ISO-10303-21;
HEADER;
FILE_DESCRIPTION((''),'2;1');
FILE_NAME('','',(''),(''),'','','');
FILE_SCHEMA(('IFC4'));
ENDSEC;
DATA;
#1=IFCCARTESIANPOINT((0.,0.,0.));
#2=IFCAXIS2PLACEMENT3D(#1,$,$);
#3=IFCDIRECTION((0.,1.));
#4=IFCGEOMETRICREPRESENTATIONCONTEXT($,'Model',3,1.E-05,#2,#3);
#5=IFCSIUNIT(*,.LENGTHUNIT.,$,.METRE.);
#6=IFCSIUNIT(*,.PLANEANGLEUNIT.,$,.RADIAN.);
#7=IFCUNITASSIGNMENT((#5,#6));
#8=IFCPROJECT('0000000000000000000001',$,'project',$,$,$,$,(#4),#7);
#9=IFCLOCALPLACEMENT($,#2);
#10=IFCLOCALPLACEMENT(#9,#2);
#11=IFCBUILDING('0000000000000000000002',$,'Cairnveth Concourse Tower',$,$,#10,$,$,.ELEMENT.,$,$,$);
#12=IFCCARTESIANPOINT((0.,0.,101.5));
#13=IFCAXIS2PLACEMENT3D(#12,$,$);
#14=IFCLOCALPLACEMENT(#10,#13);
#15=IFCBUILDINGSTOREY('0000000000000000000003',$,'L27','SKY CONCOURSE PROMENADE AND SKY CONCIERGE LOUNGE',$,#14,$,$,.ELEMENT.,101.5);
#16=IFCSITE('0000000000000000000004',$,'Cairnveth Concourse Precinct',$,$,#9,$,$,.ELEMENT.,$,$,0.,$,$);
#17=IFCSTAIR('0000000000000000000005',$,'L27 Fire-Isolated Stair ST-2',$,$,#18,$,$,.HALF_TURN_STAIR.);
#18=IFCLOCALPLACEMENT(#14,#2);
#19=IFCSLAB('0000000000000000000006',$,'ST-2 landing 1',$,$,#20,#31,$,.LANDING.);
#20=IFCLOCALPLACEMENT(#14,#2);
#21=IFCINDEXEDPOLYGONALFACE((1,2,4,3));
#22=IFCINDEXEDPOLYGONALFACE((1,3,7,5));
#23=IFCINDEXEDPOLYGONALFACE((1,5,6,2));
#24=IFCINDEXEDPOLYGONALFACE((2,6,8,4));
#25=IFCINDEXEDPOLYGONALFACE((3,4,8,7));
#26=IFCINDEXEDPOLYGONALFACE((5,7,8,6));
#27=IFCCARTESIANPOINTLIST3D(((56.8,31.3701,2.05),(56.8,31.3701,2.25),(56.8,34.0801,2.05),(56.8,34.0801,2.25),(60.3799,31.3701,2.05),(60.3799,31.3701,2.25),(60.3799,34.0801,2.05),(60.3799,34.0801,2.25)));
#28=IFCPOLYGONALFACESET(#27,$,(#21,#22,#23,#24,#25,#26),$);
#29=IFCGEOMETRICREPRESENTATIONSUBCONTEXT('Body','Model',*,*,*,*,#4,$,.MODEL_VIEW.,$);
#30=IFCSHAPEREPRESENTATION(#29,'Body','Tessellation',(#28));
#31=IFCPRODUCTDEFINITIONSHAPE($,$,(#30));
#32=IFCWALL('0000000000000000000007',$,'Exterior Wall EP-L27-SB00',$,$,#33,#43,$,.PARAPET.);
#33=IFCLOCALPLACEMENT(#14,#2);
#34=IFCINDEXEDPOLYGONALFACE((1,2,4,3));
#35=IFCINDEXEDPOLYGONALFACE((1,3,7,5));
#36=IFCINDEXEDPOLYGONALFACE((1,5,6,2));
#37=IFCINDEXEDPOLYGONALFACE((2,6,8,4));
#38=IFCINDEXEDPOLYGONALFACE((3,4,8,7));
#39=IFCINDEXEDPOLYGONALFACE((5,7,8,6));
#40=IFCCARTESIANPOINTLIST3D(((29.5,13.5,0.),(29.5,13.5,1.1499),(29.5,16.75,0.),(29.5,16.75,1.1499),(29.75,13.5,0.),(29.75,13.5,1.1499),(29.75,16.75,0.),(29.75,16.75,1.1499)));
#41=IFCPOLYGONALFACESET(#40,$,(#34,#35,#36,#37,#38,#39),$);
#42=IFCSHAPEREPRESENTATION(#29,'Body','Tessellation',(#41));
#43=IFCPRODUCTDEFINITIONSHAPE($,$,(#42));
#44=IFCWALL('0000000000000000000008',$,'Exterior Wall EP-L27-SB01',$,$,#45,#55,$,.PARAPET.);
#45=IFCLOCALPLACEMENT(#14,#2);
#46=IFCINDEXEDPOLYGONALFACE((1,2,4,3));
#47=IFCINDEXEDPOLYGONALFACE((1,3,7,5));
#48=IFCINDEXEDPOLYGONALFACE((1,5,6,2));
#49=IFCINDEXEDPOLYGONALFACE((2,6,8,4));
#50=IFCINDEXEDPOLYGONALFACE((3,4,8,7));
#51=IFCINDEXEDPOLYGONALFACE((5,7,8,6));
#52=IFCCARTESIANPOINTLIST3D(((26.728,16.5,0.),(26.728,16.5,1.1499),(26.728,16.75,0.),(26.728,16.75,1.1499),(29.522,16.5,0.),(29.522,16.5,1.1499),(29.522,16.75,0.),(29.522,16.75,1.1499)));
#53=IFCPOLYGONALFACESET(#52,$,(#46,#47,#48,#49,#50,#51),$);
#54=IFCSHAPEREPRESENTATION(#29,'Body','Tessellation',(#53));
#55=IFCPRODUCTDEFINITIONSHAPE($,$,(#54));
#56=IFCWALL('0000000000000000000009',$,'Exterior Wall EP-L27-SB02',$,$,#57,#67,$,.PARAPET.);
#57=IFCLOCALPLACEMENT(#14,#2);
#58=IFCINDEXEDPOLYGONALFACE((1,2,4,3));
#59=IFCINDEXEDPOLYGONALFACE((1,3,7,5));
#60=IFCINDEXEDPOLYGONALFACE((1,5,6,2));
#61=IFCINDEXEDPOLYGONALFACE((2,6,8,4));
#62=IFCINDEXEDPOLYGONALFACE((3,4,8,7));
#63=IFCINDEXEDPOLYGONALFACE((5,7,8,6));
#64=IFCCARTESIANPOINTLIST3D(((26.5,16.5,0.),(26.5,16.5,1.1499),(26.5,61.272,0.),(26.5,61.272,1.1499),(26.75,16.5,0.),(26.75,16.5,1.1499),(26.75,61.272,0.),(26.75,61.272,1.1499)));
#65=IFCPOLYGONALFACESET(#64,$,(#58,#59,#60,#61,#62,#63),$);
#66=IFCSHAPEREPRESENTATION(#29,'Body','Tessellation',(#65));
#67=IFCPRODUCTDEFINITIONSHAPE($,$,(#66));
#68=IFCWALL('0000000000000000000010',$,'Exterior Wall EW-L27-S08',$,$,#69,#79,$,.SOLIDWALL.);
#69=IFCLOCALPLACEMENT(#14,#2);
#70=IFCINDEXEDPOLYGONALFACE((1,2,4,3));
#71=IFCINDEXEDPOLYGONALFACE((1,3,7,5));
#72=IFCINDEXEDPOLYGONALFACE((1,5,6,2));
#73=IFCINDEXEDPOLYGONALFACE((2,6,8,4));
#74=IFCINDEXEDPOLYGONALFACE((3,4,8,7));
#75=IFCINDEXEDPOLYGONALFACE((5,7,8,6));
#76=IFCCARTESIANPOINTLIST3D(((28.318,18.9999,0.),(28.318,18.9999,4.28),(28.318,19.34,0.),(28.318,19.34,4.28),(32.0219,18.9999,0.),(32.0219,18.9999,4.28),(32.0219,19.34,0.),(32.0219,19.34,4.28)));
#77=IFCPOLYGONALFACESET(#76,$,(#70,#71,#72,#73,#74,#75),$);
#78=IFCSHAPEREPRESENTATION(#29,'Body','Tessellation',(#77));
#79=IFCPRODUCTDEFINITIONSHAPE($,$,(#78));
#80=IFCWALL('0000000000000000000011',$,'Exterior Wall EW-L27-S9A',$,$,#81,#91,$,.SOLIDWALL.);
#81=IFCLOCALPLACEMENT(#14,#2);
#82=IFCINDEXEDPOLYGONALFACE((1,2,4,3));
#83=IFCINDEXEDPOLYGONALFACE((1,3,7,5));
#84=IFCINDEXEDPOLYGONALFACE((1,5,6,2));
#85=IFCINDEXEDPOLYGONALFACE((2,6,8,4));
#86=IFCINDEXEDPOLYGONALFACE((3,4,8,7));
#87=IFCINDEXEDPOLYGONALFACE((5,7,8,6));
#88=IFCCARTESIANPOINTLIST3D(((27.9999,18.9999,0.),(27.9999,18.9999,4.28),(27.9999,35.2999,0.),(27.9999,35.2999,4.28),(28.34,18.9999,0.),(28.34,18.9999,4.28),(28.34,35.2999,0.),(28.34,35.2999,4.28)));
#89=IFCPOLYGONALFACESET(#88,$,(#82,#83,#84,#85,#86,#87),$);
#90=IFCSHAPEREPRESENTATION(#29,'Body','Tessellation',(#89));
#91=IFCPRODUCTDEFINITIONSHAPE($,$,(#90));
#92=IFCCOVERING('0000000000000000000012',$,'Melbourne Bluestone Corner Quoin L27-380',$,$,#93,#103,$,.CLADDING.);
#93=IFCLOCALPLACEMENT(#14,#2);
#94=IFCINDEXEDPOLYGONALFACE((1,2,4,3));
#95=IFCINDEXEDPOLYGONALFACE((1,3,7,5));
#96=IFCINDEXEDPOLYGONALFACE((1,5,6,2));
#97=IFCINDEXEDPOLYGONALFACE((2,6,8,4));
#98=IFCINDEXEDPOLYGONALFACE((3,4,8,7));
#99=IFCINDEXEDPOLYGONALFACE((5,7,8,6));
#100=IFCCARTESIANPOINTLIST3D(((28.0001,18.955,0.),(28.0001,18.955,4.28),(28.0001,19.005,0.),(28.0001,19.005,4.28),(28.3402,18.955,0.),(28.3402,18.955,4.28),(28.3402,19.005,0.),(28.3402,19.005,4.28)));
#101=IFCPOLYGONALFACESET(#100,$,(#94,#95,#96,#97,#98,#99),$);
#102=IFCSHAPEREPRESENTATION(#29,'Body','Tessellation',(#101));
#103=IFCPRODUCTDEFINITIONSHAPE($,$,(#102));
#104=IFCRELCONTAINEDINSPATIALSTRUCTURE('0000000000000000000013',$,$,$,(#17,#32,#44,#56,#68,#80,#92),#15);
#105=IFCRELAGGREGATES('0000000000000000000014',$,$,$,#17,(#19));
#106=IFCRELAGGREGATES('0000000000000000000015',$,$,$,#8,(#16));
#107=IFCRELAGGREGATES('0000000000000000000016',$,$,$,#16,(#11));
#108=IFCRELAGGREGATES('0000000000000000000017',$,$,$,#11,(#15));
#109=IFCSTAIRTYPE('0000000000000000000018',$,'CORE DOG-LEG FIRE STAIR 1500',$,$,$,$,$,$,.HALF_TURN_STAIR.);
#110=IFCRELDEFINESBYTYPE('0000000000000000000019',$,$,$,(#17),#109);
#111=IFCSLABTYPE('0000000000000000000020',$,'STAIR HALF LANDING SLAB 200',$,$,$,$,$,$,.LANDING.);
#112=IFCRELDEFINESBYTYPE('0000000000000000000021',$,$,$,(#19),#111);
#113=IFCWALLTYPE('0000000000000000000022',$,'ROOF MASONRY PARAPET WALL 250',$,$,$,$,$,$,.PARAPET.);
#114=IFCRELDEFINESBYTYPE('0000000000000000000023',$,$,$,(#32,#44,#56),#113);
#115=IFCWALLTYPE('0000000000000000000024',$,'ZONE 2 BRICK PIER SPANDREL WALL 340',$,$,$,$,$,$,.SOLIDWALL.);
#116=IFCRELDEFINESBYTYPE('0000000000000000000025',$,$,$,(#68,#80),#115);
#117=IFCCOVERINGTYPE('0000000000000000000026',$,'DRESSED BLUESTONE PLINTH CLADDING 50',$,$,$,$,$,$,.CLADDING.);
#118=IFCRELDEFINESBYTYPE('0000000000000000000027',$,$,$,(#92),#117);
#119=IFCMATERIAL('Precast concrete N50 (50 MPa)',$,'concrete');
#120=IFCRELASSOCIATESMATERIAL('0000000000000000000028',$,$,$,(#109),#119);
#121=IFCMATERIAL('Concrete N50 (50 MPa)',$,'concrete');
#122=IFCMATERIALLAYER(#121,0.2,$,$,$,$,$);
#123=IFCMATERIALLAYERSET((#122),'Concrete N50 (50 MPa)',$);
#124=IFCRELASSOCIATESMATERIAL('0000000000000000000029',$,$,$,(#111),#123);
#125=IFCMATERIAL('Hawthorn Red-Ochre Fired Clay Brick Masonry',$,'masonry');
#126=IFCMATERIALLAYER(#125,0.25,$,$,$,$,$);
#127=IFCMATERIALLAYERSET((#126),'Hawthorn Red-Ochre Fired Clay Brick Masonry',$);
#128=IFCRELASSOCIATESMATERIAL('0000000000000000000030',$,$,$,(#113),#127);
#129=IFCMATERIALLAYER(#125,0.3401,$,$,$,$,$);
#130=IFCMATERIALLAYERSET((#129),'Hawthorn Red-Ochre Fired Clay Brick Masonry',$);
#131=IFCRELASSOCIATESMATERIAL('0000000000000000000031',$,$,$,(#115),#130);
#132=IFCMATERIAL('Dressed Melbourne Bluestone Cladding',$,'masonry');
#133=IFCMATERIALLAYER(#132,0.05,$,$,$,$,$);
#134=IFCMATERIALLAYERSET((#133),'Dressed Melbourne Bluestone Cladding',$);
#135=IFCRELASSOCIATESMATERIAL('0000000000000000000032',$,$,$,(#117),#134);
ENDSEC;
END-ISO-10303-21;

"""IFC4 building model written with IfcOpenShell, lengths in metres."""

from ifc_helpers import new_model, si_unit, direction, frame, frame_2d, origin, place, context, subcontext, project, spatial, polyline, rectangle, outline, extrude, material, layer, layer_set, type_object, element, aggregate, save


model = new_model("IFC4")

# Units and contexts
model_context = context("Model", 3, precision=1e-05, world=origin(), true_north=direction((0.0, 1.0)))
body_context = subcontext(model_context, "Body", "Model", "MODEL_VIEW")
ifc_project = project(units=[si_unit("LENGTHUNIT", "METRE"), si_unit("PLANEANGLEUNIT", "RADIAN")], contexts=[model_context])

# Site, building, storey
site_placement = place(None, origin())
site = spatial("IfcSite", under=ifc_project, at=site_placement, Name="Cairnveth Concourse Precinct", CompositionType="ELEMENT", RefElevation=0.0)
building_placement = place(site_placement, origin())
building = spatial("IfcBuilding", under=site, at=building_placement, Name="Cairnveth Concourse Tower", CompositionType="ELEMENT")
storey_placement = place(building_placement, frame((0.0, 0.0, 101.5)))
storey = spatial("IfcBuildingStorey", under=building, at=storey_placement, Name="L27", Description="SKY CONCOURSE PROMENADE AND SKY CONCIERGE LOUNGE", CompositionType="ELEMENT", Elevation=101.5)

# Shared definitions
ifc_material_1 = material(Name="Concrete N50 (50 MPa)", Category="concrete")

# Stair, slab
ifc_material_2 = material(Name="Precast concrete N50 (50 MPa)", Category="concrete")
stair_type = type_object("IfcStairType", Name="CORE DOG-LEG FIRE STAIR 1500", PredefinedType="HALF_TURN_STAIR", material=ifc_material_2)
ifc_layer_1 = layer(ifc_material_1, 0.2)
ifc_layer_set_1 = layer_set([ifc_layer_1], Name="Concrete N50 (50 MPa)")
slab_type_1 = type_object("IfcSlabType", Name="STAIR HALF LANDING SLAB 200", PredefinedType="LANDING", material=ifc_layer_set_1)
stair_1_placement = place(storey_placement, origin())
stair_1 = element("IfcStair", 1, at=stair_1_placement, inside=storey, type_object=stair_type, Name="L27 Fire-Isolated Stair ST-2", PredefinedType="HALF_TURN_STAIR")
slab_1_placement = place(storey_placement, frame((0.0, 0.0, 2.05)))
slab_1 = element("IfcSlab", 2, at=slab_1_placement, type_object=slab_type_1, Name="ST-2 landing 1", PredefinedType="LANDING", context=body_context, shape_type="SweptSolid", body=[
    extrude(outline(polyline([(56.8, 34.0801), (56.8, 31.3701), (60.3799, 31.3701), (60.3799, 34.0801), (56.8, 34.0801)])), origin(), (0.0, 0.0, 1.0), 0.2),
])
aggregate(stair_1, [slab_1])

# Walls
ifc_material_3 = material(Name="Hawthorn Red-Ochre Fired Clay Brick Masonry", Category="masonry")
ifc_layer_2 = layer(ifc_material_3, 0.25)
ifc_layer_set_2 = layer_set([ifc_layer_2], Name="Hawthorn Red-Ochre Fired Clay Brick Masonry")
wall_type_1 = type_object("IfcWallType", Name="ROOF MASONRY PARAPET WALL 250", PredefinedType="PARAPET", material=ifc_layer_set_2)
wall_1_placement = place(storey_placement, frame((29.625, 13.5, 0.0), z_axis=(0.0, 0.0, 1.0), x_axis=(0.0, 1.0, 0.0)))
element("IfcWall", 3, at=wall_1_placement, inside=storey, type_object=wall_type_1, Name="Exterior Wall EP-L27-SB00", PredefinedType="PARAPET", context=body_context, shape_type="SweptSolid", body=[
    extrude(rectangle(XDim=3.25, YDim=0.25, at=frame_2d((1.625, 0.0))), origin(), (0.0, 0.0, 1.0), 1.1499),
])
wall_2_placement = place(storey_placement, frame((29.522, 16.625, 0.0), z_axis=(0.0, 0.0, 1.0), x_axis=(-1.0, 0.0, 0.0)))
element("IfcWall", 4, at=wall_2_placement, inside=storey, type_object=wall_type_1, Name="Exterior Wall EP-L27-SB01", PredefinedType="PARAPET", context=body_context, shape_type="SweptSolid", body=[
    extrude(rectangle(XDim=2.7939, YDim=0.25, at=frame_2d((1.397, 0.0))), origin(), (0.0, 0.0, 1.0), 1.1499),
])
wall_3_placement = place(storey_placement, frame((26.625, 16.5, 0.0), z_axis=(0.0, 0.0, 1.0), x_axis=(0.0, 1.0, 0.0)))
element("IfcWall", 5, at=wall_3_placement, inside=storey, type_object=wall_type_1, Name="Exterior Wall EP-L27-SB02", PredefinedType="PARAPET", context=body_context, shape_type="SweptSolid", body=[
    extrude(rectangle(XDim=44.772, YDim=0.25, at=frame_2d((22.386, 0.0))), origin(), (0.0, 0.0, 1.0), 1.1499),
])
ifc_layer_3 = layer(ifc_material_3, 0.3401)
ifc_layer_set_3 = layer_set([ifc_layer_3], Name="Hawthorn Red-Ochre Fired Clay Brick Masonry")
wall_type_2 = type_object("IfcWallType", Name="ZONE 2 BRICK PIER SPANDREL WALL 340", PredefinedType="SOLIDWALL", material=ifc_layer_set_3)
wall_4_placement = place(storey_placement, frame((32.022, 19.1699, 0.0), z_axis=(0.0, 0.0, 1.0), x_axis=(-1.0, 0.0, 0.0)))
element("IfcWall", 6, at=wall_4_placement, inside=storey, type_object=wall_type_2, Name="Exterior Wall EW-L27-S08", PredefinedType="SOLIDWALL", context=body_context, shape_type="SweptSolid", body=[
    extrude(rectangle(XDim=3.7039, YDim=0.3401, at=frame_2d((1.8521, 0.0))), origin(), (0.0, 0.0, 1.0), 4.28),
])
wall_5_placement = place(storey_placement, frame((28.1699, 19.0, 0.0), z_axis=(0.0, 0.0, 1.0), x_axis=(0.0, 1.0, 0.0)))
element("IfcWall", 7, at=wall_5_placement, inside=storey, type_object=wall_type_2, Name="Exterior Wall EW-L27-S9A", PredefinedType="SOLIDWALL", context=body_context, shape_type="SweptSolid", body=[
    extrude(rectangle(XDim=16.3, YDim=0.3401, at=frame_2d((8.1499, 0.0))), origin(), (0.0, 0.0, 1.0), 4.28),
])

# Covering
ifc_material_4 = material(Name="Dressed Melbourne Bluestone Cladding", Category="masonry")
ifc_layer_4 = layer(ifc_material_4, 0.05)
ifc_layer_set_4 = layer_set([ifc_layer_4], Name="Dressed Melbourne Bluestone Cladding")
covering_type = type_object("IfcCoveringType", Name="DRESSED BLUESTONE PLINTH CLADDING 50", PredefinedType="CLADDING", material=ifc_layer_set_4)
covering_placement = place(storey_placement, frame((28.3401, 18.98, 0.0), z_axis=(0.0, 0.0, 1.0), x_axis=(-1.0, 0.0, 0.0)))
element("IfcCovering", 8, at=covering_placement, inside=storey, type_object=covering_type, Name="Melbourne Bluestone Corner Quoin L27-380", PredefinedType="CLADDING", context=body_context, shape_type="SweptSolid", body=[
    extrude(rectangle(XDim=0.3401, YDim=0.05, at=frame_2d((0.1699, 0.0))), origin(), (0.0, 0.0, 1.0), 4.28),
])

save(model, "model.ifc")
